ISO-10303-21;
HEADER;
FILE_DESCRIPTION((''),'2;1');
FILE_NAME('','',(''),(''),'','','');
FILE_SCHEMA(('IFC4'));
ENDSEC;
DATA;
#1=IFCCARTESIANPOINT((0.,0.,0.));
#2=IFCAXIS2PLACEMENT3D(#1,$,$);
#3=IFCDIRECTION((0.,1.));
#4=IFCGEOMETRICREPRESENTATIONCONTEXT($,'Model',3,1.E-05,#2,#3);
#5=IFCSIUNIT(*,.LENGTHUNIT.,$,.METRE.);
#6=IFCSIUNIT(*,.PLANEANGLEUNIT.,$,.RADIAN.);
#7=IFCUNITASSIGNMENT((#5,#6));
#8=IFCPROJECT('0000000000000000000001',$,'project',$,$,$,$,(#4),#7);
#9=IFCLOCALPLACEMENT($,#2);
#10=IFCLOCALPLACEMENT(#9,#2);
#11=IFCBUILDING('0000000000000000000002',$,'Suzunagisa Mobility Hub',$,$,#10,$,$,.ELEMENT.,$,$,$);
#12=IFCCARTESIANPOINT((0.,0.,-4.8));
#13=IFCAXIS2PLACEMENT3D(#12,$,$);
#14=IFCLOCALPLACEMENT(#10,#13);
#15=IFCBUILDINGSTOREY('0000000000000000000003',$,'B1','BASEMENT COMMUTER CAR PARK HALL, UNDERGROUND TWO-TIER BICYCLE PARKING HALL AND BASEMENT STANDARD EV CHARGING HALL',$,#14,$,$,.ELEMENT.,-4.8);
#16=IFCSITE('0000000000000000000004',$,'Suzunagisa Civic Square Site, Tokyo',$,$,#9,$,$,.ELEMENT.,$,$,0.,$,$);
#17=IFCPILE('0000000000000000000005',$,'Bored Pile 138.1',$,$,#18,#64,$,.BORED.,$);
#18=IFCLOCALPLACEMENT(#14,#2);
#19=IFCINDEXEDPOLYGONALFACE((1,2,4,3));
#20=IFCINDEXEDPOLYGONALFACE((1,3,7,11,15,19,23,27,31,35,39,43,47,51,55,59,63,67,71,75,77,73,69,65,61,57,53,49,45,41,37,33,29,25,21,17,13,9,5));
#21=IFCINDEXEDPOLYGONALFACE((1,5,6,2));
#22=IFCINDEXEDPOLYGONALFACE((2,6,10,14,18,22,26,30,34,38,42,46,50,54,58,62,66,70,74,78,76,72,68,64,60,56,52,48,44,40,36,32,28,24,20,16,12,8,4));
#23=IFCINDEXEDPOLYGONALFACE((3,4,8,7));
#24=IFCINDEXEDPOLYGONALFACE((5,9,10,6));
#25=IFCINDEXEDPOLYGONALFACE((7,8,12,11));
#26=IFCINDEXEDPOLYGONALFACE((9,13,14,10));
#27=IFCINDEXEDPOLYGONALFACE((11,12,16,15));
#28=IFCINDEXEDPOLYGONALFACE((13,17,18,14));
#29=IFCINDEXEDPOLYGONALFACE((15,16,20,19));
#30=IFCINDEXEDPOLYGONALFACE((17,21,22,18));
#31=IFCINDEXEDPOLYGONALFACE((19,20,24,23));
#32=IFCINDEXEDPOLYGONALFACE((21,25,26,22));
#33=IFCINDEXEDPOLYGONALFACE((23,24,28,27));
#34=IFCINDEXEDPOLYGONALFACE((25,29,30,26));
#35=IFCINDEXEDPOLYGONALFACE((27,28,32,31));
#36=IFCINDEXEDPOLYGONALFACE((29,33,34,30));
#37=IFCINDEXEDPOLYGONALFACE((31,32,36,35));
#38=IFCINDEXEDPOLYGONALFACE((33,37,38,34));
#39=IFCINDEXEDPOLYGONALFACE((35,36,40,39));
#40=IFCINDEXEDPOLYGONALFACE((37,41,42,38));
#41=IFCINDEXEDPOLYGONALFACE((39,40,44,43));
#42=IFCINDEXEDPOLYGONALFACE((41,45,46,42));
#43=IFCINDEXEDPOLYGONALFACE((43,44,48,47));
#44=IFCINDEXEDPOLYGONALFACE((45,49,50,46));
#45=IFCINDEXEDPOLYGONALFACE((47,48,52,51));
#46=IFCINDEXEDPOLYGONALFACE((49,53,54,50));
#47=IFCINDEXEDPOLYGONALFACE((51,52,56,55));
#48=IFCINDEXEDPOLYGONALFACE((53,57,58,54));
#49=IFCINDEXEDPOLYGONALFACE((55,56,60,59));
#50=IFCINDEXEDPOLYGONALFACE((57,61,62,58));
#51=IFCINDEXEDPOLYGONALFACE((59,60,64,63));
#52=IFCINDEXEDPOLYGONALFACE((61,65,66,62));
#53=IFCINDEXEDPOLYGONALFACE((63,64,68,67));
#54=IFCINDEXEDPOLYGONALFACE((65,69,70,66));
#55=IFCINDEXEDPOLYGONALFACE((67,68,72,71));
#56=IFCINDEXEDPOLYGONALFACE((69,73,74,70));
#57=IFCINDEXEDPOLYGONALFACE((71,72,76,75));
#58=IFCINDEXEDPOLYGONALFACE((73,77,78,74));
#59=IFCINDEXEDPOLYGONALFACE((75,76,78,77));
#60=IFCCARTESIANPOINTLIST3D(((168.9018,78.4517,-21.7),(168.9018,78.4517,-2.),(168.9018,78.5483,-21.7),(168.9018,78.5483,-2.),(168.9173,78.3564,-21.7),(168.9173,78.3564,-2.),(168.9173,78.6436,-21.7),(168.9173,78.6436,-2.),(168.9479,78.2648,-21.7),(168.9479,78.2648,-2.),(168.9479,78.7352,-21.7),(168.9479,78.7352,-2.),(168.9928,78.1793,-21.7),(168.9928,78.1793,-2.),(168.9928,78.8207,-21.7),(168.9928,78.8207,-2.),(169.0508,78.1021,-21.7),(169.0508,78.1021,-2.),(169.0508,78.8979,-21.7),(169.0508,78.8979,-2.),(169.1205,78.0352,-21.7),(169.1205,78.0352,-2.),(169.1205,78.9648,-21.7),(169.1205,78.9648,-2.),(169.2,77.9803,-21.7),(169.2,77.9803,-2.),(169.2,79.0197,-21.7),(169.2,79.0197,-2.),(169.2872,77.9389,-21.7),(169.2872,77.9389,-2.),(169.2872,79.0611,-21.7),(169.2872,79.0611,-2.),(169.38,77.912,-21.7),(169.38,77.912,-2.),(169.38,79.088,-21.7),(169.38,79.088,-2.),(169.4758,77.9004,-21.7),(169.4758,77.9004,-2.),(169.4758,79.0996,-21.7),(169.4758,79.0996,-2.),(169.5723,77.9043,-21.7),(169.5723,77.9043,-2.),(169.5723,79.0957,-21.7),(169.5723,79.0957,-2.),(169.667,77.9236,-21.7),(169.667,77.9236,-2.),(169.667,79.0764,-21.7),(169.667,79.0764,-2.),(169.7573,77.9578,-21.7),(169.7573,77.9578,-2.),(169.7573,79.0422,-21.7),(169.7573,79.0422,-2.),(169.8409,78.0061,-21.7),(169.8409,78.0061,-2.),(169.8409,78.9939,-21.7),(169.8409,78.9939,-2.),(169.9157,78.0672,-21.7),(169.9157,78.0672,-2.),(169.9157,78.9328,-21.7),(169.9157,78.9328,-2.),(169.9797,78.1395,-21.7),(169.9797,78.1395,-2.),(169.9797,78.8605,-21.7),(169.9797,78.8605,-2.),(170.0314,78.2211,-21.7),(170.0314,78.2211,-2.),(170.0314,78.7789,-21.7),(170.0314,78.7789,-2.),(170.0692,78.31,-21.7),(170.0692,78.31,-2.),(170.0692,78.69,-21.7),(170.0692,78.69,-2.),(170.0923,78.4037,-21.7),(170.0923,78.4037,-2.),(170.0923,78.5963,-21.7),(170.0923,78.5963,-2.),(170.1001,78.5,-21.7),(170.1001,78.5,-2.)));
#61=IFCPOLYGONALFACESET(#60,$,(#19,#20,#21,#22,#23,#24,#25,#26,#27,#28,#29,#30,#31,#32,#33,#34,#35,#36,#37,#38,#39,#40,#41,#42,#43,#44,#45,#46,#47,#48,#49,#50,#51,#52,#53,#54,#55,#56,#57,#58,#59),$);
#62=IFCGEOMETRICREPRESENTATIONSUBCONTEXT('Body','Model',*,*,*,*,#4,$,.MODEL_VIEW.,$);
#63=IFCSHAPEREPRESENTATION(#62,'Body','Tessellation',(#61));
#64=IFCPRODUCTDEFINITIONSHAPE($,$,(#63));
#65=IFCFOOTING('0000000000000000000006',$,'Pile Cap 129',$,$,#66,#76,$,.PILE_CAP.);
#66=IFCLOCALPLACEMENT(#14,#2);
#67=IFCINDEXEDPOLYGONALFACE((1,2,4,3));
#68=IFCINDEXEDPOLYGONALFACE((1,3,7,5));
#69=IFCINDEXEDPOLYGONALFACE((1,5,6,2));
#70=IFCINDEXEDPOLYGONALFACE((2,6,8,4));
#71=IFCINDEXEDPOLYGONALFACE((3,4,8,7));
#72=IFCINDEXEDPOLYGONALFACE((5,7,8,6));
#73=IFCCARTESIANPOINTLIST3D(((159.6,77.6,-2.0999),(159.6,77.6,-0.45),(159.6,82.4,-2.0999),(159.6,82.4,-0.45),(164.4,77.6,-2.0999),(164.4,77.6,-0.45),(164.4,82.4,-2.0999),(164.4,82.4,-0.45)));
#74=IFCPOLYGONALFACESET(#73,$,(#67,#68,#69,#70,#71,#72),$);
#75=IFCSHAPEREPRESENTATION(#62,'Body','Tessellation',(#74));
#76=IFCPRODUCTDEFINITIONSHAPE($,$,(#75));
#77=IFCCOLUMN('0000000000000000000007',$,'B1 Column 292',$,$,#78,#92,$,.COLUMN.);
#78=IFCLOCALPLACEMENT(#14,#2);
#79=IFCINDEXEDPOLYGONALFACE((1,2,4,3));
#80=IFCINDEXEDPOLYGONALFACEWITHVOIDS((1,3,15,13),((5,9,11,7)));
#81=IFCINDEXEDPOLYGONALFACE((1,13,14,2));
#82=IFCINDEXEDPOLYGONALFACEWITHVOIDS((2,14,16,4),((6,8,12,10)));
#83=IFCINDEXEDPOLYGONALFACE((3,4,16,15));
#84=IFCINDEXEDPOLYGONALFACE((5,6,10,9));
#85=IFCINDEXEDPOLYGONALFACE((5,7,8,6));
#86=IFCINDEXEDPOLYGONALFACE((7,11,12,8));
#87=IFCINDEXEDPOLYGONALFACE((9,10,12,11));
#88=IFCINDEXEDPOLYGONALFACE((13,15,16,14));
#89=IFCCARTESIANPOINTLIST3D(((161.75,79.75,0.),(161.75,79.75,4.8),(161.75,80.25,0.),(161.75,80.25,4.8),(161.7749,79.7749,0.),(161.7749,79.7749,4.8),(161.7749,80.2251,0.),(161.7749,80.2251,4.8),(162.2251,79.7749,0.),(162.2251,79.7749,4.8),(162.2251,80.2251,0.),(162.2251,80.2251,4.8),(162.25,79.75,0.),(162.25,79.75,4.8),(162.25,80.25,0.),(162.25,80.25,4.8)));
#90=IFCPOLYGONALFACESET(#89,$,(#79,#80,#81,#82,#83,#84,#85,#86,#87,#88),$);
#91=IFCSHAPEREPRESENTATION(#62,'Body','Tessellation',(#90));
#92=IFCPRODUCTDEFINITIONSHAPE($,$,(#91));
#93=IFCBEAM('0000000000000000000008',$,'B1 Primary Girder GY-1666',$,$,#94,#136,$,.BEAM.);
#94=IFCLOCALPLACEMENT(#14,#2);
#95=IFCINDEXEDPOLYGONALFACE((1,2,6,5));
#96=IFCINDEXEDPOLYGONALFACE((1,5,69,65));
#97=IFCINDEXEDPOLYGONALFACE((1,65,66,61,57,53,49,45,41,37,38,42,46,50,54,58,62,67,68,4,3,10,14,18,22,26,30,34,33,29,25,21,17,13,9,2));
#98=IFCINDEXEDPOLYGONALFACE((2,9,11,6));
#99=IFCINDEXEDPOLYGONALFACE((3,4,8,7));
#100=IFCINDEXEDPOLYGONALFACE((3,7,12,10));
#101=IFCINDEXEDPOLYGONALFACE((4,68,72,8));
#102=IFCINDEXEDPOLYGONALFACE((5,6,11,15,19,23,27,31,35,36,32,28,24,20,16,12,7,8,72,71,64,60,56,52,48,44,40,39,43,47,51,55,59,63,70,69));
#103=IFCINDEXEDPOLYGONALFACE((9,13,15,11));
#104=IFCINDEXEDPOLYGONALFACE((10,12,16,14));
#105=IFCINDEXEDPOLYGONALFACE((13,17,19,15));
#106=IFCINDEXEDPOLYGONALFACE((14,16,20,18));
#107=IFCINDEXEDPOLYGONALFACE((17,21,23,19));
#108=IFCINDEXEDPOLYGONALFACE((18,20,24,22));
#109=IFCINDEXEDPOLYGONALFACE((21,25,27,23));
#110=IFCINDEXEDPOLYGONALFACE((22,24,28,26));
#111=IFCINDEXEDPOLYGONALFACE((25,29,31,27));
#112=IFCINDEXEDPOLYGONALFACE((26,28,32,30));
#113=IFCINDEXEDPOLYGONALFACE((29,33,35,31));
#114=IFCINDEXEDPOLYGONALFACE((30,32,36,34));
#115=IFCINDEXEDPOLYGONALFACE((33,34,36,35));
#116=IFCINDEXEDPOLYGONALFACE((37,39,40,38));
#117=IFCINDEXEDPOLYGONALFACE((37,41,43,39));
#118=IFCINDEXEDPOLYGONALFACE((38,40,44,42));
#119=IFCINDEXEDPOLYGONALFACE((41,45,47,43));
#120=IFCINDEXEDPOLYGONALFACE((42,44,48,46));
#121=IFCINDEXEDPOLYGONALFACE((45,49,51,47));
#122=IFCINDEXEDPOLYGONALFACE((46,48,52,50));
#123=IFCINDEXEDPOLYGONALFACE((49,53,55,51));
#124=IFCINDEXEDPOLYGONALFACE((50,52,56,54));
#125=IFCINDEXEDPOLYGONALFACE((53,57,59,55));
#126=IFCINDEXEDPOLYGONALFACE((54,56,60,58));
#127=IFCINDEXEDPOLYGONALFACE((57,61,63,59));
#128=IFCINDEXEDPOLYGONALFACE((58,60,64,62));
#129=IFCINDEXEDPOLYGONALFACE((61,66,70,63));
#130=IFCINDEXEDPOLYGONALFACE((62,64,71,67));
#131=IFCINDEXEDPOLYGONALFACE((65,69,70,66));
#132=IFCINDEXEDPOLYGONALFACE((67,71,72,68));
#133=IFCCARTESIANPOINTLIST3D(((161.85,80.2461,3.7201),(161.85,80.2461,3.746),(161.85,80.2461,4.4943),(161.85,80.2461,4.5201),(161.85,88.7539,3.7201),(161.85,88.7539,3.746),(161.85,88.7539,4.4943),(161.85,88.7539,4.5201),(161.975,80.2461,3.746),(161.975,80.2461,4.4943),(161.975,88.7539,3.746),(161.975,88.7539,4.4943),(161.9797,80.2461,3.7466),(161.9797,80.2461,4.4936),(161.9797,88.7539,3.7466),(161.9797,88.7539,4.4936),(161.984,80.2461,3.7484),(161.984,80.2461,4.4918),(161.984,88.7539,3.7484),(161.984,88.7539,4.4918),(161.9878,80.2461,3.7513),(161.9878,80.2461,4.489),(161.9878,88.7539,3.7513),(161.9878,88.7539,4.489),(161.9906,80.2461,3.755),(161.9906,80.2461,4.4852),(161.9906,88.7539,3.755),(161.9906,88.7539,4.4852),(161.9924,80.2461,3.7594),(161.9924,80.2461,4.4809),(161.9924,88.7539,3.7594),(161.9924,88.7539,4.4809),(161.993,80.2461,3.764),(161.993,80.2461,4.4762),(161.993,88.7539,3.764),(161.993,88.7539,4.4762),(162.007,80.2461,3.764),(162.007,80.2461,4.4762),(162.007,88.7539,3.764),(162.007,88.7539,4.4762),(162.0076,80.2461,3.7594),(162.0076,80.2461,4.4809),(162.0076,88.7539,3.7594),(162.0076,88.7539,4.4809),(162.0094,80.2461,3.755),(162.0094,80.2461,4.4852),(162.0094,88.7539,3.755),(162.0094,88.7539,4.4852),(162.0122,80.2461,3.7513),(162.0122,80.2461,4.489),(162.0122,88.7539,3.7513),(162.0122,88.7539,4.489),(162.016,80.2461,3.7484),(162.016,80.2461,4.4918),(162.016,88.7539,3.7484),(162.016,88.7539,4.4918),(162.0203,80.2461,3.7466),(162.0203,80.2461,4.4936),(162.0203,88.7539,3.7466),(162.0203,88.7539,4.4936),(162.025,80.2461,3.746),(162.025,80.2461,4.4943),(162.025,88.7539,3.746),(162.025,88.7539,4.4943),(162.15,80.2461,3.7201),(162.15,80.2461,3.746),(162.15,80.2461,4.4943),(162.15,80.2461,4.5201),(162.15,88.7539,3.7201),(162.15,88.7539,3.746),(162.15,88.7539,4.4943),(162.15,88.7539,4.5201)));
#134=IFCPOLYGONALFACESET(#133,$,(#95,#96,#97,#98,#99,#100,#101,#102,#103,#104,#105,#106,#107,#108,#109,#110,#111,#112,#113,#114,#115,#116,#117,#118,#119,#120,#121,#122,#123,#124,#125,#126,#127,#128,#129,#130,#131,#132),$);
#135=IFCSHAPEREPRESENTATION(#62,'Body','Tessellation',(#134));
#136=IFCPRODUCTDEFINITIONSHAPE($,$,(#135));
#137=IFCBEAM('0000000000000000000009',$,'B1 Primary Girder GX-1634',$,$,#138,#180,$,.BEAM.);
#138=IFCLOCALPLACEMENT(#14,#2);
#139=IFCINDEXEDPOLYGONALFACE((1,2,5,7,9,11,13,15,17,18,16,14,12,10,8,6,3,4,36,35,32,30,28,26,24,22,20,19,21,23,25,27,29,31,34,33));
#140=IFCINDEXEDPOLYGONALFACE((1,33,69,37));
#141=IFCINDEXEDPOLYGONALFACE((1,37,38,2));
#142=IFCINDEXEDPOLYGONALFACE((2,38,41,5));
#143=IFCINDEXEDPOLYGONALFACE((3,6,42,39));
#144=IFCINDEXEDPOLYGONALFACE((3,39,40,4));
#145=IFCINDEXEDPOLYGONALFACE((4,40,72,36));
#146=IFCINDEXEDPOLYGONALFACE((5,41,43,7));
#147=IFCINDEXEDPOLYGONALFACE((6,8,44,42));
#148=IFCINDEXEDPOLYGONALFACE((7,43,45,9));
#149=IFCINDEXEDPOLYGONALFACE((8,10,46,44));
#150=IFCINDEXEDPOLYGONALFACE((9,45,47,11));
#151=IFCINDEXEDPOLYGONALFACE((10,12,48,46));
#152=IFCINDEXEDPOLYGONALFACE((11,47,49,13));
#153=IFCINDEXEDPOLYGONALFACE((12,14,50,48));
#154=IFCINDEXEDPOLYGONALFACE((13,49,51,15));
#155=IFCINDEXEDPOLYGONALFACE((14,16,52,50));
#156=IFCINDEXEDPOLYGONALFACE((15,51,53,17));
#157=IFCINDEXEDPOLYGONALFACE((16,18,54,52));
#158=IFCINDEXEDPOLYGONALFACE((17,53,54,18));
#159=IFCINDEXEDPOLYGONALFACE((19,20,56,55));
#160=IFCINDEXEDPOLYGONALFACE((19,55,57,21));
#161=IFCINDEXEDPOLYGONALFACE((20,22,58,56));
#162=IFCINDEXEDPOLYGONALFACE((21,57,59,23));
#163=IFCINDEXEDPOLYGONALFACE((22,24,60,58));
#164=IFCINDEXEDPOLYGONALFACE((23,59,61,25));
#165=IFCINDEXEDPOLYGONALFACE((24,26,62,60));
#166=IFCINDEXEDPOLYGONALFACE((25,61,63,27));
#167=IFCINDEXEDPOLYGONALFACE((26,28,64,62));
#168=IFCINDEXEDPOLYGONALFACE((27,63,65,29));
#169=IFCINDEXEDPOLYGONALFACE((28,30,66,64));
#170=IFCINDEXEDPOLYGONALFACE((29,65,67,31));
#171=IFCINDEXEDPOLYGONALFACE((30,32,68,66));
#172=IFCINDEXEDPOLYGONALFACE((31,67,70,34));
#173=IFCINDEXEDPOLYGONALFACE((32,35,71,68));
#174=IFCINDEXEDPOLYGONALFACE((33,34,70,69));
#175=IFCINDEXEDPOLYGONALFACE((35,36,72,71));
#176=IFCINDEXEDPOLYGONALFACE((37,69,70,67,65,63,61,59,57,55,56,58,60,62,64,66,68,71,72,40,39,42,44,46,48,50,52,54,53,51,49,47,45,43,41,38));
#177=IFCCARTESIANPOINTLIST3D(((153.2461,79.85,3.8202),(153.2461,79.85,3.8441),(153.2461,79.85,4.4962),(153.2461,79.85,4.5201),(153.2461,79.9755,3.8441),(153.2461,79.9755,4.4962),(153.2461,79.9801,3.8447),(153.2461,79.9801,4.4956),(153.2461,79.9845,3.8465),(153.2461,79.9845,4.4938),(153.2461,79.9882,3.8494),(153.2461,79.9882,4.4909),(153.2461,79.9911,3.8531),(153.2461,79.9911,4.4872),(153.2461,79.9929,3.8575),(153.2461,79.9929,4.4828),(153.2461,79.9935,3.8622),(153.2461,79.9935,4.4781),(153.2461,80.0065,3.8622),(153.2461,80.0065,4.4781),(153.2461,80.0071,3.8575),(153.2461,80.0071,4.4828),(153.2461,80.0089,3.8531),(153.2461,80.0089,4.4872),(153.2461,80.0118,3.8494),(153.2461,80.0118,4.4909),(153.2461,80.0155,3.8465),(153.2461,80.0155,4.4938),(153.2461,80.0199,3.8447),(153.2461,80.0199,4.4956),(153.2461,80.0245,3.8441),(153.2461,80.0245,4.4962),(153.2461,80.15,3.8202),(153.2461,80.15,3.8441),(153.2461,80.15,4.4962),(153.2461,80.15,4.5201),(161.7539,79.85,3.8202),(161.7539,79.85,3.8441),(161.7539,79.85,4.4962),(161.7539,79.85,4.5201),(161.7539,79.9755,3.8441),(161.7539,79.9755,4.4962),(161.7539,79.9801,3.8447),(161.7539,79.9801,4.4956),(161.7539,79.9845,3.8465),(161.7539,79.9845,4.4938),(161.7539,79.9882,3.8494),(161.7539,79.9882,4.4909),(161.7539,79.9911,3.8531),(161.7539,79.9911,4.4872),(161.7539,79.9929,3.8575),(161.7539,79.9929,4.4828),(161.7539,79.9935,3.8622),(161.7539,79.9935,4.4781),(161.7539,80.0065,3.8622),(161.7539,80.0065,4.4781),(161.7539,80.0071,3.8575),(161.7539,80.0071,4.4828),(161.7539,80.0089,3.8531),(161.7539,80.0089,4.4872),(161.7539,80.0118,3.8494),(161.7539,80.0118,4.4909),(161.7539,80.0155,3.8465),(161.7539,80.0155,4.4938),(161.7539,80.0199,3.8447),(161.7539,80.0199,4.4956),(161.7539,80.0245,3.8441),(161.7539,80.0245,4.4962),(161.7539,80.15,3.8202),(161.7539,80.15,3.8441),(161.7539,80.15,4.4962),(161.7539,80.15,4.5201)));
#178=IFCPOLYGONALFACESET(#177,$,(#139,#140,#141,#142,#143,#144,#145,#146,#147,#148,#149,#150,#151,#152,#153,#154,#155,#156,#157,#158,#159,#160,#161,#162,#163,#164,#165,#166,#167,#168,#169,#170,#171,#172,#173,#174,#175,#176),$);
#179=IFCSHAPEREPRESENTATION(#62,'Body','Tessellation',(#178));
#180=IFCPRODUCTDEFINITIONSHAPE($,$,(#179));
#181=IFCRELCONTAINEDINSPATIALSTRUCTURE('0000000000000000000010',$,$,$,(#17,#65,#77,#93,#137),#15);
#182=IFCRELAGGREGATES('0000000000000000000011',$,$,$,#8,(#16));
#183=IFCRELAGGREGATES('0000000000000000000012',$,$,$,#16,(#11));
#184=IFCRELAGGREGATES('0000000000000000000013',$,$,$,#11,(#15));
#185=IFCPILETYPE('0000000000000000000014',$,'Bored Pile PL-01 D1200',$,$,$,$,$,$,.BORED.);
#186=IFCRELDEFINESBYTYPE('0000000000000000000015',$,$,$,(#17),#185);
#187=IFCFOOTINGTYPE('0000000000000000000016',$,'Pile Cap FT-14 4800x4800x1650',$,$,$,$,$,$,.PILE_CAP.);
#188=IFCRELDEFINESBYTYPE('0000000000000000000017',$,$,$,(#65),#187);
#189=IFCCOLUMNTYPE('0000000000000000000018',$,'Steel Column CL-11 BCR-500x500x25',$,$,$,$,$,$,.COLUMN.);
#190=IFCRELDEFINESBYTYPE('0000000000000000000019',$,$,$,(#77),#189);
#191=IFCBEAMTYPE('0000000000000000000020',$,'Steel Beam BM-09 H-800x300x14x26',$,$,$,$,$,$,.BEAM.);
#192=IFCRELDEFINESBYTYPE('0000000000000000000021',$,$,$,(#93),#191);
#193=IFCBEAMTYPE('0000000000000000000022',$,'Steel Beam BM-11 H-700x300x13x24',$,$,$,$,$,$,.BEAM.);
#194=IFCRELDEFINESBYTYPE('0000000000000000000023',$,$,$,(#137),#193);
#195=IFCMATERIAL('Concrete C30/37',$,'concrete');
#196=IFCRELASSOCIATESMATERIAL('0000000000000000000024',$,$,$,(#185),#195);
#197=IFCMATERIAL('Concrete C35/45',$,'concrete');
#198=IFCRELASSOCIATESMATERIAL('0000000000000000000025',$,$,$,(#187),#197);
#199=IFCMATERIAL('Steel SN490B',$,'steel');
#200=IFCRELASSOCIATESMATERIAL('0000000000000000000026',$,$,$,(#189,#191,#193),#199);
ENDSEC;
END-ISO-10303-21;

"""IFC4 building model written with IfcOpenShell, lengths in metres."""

from ifc_helpers import new_model, si_unit, direction, frame, origin, origin_2d, place, context, subcontext, project, spatial, rectangle, hollow_rectangle, circle, i_section, extrude, material, material_profile, profile_set, type_object, element, save


model = new_model("IFC4")

# Units and contexts
model_context = context("Model", 3, precision=1e-05, world=origin(), true_north=direction((0.0, 1.0)))
body_context = subcontext(model_context, "Body", "Model", "MODEL_VIEW")
ifc_project = project(units=[si_unit("LENGTHUNIT", "METRE"), si_unit("PLANEANGLEUNIT", "RADIAN")], contexts=[model_context])

# Site, building, storey
site_placement = place(None, origin())
site = spatial("IfcSite", under=ifc_project, at=site_placement, Name="Suzunagisa Civic Square Site, Tokyo", CompositionType="ELEMENT", RefElevation=0.0)
building_placement = place(site_placement, origin())
building = spatial("IfcBuilding", under=site, at=building_placement, Name="Suzunagisa Mobility Hub", CompositionType="ELEMENT")
storey_placement = place(building_placement, frame((0.0, 0.0, -4.8)))
storey = spatial("IfcBuildingStorey", under=building, at=storey_placement, Name="B1", Description="BASEMENT COMMUTER CAR PARK HALL, UNDERGROUND TWO-TIER BICYCLE PARKING HALL AND BASEMENT STANDARD EV CHARGING HALL", CompositionType="ELEMENT", Elevation=-4.8)

# Pile
ifc_material_1 = material(Name="Concrete C30/37", Category="concrete")
ifc_material_profile_1 = material_profile(ifc_material_1, circle(Radius=0.6001, at=origin_2d()), Name="BORED PILE D1200")
ifc_profile_set_1 = profile_set([ifc_material_profile_1], Name="Concrete C30/37")
pile_type = type_object("IfcPileType", Name="Bored Pile PL-01 D1200", PredefinedType="BORED", material=ifc_profile_set_1)
for number, where, z_axis, x_axis, name in (
    (1, (169.5, 78.5, -2.0), (0.0, 0.0, -1.0), (1.0, 0.0, 0.0), "Bored Pile 138.1"),
):
    element("IfcPile", number, at=place(storey_placement, frame(where, z_axis=z_axis, x_axis=x_axis)), inside=storey, type_object=pile_type, Name=name, PredefinedType="BORED", context=body_context, shape_type="SweptSolid", body=[
        extrude(circle(Radius=0.6001, at=origin_2d()), origin(), (0.0, 0.0, 1.0), 19.7),
    ])

# Footing
ifc_material_2 = material(Name="Concrete C35/45", Category="concrete")
footing_type = type_object("IfcFootingType", Name="Pile Cap FT-14 4800x4800x1650", PredefinedType="PILE_CAP", material=ifc_material_2)
footing_placement = place(storey_placement, frame((162.0, 80.0, -2.0999), z_axis=(0.0, 0.0, 1.0), x_axis=(1.0, 0.0, 0.0)))
element("IfcFooting", 2, at=footing_placement, inside=storey, type_object=footing_type, Name="Pile Cap 129", PredefinedType="PILE_CAP", context=body_context, shape_type="SweptSolid", body=[
    extrude(rectangle(XDim=4.8, YDim=4.8, at=origin_2d()), origin(), (0.0, 0.0, 1.0), 1.6499),
])

# Column
ifc_material_3 = material(Name="Steel SN490B", Category="steel")
ifc_material_profile_2 = material_profile(ifc_material_3, hollow_rectangle(XDim=0.5, YDim=0.5, WallThickness=0.0249, at=origin_2d()), Name="BCR-500x500x25")
ifc_profile_set_2 = profile_set([ifc_material_profile_2], Name="Steel SN490B")
column_type = type_object("IfcColumnType", Name="Steel Column CL-11 BCR-500x500x25", PredefinedType="COLUMN", material=ifc_profile_set_2)
column_placement = place(storey_placement, frame((162.0, 80.0, 0.0), z_axis=(0.0, 0.0, 1.0), x_axis=(1.0, 0.0, 0.0)))
element("IfcColumn", 3, at=column_placement, inside=storey, type_object=column_type, Name="B1 Column 292", PredefinedType="COLUMN", context=body_context, shape_type="SweptSolid", body=[
    extrude(hollow_rectangle(XDim=0.5, YDim=0.5, WallThickness=0.0249, at=origin_2d()), origin(), (0.0, 0.0, 1.0), 4.8),
])

# Beams
ifc_material_profile_3 = material_profile(ifc_material_3, i_section(OverallWidth=0.3, OverallDepth=0.8, WebThickness=0.0139, FlangeThickness=0.0259, FilletRadius=0.0181, at=origin_2d()), Name="H-800x300x14x26")
ifc_profile_set_3 = profile_set([ifc_material_profile_3], Name="Steel SN490B")
beam_type_1 = type_object("IfcBeamType", Name="Steel Beam BM-09 H-800x300x14x26", PredefinedType="BEAM", material=ifc_profile_set_3)
beam_placement = place(storey_placement, frame((162.0, 80.2461, 4.1201), z_axis=(0.0, 1.0, 0.0), x_axis=(-1.0, 0.0, 0.0)))
element("IfcBeam", 4, at=beam_placement, inside=storey, type_object=beam_type_1, Name="B1 Primary Girder GY-1666", PredefinedType="BEAM", context=body_context, shape_type="SweptSolid", body=[
    extrude(i_section(OverallWidth=0.3, OverallDepth=0.8, WebThickness=0.0139, FlangeThickness=0.0259, FilletRadius=0.0181, at=origin_2d()), origin(), (0.0, 0.0, 1.0), 8.5078),
])
ifc_material_profile_4 = material_profile(ifc_material_3, i_section(OverallWidth=0.3, OverallDepth=0.7, WebThickness=0.0129, FlangeThickness=0.0239, FilletRadius=0.0181, at=origin_2d()), Name="H-700x300x13x24")
ifc_profile_set_4 = profile_set([ifc_material_profile_4], Name="Steel SN490B")
beam_type_2 = type_object("IfcBeamType", Name="Steel Beam BM-11 H-700x300x13x24", PredefinedType="BEAM", material=ifc_profile_set_4)
for number, where, z_axis, x_axis, name in (
    (5, (153.2461, 80.0, 4.1702), (1.0, 0.0, 0.0), (0.0, 1.0, 0.0), "B1 Primary Girder GX-1634"),
):
    element("IfcBeam", number, at=place(storey_placement, frame(where, z_axis=z_axis, x_axis=x_axis)), inside=storey, type_object=beam_type_2, Name=name, PredefinedType="BEAM", context=body_context, shape_type="SweptSolid", body=[
        extrude(i_section(OverallWidth=0.3, OverallDepth=0.7, WebThickness=0.0129, FlangeThickness=0.0239, FilletRadius=0.0181, at=origin_2d()), origin(), (0.0, 0.0, 1.0), 8.5078),
    ])

save(model, "model.ifc")
